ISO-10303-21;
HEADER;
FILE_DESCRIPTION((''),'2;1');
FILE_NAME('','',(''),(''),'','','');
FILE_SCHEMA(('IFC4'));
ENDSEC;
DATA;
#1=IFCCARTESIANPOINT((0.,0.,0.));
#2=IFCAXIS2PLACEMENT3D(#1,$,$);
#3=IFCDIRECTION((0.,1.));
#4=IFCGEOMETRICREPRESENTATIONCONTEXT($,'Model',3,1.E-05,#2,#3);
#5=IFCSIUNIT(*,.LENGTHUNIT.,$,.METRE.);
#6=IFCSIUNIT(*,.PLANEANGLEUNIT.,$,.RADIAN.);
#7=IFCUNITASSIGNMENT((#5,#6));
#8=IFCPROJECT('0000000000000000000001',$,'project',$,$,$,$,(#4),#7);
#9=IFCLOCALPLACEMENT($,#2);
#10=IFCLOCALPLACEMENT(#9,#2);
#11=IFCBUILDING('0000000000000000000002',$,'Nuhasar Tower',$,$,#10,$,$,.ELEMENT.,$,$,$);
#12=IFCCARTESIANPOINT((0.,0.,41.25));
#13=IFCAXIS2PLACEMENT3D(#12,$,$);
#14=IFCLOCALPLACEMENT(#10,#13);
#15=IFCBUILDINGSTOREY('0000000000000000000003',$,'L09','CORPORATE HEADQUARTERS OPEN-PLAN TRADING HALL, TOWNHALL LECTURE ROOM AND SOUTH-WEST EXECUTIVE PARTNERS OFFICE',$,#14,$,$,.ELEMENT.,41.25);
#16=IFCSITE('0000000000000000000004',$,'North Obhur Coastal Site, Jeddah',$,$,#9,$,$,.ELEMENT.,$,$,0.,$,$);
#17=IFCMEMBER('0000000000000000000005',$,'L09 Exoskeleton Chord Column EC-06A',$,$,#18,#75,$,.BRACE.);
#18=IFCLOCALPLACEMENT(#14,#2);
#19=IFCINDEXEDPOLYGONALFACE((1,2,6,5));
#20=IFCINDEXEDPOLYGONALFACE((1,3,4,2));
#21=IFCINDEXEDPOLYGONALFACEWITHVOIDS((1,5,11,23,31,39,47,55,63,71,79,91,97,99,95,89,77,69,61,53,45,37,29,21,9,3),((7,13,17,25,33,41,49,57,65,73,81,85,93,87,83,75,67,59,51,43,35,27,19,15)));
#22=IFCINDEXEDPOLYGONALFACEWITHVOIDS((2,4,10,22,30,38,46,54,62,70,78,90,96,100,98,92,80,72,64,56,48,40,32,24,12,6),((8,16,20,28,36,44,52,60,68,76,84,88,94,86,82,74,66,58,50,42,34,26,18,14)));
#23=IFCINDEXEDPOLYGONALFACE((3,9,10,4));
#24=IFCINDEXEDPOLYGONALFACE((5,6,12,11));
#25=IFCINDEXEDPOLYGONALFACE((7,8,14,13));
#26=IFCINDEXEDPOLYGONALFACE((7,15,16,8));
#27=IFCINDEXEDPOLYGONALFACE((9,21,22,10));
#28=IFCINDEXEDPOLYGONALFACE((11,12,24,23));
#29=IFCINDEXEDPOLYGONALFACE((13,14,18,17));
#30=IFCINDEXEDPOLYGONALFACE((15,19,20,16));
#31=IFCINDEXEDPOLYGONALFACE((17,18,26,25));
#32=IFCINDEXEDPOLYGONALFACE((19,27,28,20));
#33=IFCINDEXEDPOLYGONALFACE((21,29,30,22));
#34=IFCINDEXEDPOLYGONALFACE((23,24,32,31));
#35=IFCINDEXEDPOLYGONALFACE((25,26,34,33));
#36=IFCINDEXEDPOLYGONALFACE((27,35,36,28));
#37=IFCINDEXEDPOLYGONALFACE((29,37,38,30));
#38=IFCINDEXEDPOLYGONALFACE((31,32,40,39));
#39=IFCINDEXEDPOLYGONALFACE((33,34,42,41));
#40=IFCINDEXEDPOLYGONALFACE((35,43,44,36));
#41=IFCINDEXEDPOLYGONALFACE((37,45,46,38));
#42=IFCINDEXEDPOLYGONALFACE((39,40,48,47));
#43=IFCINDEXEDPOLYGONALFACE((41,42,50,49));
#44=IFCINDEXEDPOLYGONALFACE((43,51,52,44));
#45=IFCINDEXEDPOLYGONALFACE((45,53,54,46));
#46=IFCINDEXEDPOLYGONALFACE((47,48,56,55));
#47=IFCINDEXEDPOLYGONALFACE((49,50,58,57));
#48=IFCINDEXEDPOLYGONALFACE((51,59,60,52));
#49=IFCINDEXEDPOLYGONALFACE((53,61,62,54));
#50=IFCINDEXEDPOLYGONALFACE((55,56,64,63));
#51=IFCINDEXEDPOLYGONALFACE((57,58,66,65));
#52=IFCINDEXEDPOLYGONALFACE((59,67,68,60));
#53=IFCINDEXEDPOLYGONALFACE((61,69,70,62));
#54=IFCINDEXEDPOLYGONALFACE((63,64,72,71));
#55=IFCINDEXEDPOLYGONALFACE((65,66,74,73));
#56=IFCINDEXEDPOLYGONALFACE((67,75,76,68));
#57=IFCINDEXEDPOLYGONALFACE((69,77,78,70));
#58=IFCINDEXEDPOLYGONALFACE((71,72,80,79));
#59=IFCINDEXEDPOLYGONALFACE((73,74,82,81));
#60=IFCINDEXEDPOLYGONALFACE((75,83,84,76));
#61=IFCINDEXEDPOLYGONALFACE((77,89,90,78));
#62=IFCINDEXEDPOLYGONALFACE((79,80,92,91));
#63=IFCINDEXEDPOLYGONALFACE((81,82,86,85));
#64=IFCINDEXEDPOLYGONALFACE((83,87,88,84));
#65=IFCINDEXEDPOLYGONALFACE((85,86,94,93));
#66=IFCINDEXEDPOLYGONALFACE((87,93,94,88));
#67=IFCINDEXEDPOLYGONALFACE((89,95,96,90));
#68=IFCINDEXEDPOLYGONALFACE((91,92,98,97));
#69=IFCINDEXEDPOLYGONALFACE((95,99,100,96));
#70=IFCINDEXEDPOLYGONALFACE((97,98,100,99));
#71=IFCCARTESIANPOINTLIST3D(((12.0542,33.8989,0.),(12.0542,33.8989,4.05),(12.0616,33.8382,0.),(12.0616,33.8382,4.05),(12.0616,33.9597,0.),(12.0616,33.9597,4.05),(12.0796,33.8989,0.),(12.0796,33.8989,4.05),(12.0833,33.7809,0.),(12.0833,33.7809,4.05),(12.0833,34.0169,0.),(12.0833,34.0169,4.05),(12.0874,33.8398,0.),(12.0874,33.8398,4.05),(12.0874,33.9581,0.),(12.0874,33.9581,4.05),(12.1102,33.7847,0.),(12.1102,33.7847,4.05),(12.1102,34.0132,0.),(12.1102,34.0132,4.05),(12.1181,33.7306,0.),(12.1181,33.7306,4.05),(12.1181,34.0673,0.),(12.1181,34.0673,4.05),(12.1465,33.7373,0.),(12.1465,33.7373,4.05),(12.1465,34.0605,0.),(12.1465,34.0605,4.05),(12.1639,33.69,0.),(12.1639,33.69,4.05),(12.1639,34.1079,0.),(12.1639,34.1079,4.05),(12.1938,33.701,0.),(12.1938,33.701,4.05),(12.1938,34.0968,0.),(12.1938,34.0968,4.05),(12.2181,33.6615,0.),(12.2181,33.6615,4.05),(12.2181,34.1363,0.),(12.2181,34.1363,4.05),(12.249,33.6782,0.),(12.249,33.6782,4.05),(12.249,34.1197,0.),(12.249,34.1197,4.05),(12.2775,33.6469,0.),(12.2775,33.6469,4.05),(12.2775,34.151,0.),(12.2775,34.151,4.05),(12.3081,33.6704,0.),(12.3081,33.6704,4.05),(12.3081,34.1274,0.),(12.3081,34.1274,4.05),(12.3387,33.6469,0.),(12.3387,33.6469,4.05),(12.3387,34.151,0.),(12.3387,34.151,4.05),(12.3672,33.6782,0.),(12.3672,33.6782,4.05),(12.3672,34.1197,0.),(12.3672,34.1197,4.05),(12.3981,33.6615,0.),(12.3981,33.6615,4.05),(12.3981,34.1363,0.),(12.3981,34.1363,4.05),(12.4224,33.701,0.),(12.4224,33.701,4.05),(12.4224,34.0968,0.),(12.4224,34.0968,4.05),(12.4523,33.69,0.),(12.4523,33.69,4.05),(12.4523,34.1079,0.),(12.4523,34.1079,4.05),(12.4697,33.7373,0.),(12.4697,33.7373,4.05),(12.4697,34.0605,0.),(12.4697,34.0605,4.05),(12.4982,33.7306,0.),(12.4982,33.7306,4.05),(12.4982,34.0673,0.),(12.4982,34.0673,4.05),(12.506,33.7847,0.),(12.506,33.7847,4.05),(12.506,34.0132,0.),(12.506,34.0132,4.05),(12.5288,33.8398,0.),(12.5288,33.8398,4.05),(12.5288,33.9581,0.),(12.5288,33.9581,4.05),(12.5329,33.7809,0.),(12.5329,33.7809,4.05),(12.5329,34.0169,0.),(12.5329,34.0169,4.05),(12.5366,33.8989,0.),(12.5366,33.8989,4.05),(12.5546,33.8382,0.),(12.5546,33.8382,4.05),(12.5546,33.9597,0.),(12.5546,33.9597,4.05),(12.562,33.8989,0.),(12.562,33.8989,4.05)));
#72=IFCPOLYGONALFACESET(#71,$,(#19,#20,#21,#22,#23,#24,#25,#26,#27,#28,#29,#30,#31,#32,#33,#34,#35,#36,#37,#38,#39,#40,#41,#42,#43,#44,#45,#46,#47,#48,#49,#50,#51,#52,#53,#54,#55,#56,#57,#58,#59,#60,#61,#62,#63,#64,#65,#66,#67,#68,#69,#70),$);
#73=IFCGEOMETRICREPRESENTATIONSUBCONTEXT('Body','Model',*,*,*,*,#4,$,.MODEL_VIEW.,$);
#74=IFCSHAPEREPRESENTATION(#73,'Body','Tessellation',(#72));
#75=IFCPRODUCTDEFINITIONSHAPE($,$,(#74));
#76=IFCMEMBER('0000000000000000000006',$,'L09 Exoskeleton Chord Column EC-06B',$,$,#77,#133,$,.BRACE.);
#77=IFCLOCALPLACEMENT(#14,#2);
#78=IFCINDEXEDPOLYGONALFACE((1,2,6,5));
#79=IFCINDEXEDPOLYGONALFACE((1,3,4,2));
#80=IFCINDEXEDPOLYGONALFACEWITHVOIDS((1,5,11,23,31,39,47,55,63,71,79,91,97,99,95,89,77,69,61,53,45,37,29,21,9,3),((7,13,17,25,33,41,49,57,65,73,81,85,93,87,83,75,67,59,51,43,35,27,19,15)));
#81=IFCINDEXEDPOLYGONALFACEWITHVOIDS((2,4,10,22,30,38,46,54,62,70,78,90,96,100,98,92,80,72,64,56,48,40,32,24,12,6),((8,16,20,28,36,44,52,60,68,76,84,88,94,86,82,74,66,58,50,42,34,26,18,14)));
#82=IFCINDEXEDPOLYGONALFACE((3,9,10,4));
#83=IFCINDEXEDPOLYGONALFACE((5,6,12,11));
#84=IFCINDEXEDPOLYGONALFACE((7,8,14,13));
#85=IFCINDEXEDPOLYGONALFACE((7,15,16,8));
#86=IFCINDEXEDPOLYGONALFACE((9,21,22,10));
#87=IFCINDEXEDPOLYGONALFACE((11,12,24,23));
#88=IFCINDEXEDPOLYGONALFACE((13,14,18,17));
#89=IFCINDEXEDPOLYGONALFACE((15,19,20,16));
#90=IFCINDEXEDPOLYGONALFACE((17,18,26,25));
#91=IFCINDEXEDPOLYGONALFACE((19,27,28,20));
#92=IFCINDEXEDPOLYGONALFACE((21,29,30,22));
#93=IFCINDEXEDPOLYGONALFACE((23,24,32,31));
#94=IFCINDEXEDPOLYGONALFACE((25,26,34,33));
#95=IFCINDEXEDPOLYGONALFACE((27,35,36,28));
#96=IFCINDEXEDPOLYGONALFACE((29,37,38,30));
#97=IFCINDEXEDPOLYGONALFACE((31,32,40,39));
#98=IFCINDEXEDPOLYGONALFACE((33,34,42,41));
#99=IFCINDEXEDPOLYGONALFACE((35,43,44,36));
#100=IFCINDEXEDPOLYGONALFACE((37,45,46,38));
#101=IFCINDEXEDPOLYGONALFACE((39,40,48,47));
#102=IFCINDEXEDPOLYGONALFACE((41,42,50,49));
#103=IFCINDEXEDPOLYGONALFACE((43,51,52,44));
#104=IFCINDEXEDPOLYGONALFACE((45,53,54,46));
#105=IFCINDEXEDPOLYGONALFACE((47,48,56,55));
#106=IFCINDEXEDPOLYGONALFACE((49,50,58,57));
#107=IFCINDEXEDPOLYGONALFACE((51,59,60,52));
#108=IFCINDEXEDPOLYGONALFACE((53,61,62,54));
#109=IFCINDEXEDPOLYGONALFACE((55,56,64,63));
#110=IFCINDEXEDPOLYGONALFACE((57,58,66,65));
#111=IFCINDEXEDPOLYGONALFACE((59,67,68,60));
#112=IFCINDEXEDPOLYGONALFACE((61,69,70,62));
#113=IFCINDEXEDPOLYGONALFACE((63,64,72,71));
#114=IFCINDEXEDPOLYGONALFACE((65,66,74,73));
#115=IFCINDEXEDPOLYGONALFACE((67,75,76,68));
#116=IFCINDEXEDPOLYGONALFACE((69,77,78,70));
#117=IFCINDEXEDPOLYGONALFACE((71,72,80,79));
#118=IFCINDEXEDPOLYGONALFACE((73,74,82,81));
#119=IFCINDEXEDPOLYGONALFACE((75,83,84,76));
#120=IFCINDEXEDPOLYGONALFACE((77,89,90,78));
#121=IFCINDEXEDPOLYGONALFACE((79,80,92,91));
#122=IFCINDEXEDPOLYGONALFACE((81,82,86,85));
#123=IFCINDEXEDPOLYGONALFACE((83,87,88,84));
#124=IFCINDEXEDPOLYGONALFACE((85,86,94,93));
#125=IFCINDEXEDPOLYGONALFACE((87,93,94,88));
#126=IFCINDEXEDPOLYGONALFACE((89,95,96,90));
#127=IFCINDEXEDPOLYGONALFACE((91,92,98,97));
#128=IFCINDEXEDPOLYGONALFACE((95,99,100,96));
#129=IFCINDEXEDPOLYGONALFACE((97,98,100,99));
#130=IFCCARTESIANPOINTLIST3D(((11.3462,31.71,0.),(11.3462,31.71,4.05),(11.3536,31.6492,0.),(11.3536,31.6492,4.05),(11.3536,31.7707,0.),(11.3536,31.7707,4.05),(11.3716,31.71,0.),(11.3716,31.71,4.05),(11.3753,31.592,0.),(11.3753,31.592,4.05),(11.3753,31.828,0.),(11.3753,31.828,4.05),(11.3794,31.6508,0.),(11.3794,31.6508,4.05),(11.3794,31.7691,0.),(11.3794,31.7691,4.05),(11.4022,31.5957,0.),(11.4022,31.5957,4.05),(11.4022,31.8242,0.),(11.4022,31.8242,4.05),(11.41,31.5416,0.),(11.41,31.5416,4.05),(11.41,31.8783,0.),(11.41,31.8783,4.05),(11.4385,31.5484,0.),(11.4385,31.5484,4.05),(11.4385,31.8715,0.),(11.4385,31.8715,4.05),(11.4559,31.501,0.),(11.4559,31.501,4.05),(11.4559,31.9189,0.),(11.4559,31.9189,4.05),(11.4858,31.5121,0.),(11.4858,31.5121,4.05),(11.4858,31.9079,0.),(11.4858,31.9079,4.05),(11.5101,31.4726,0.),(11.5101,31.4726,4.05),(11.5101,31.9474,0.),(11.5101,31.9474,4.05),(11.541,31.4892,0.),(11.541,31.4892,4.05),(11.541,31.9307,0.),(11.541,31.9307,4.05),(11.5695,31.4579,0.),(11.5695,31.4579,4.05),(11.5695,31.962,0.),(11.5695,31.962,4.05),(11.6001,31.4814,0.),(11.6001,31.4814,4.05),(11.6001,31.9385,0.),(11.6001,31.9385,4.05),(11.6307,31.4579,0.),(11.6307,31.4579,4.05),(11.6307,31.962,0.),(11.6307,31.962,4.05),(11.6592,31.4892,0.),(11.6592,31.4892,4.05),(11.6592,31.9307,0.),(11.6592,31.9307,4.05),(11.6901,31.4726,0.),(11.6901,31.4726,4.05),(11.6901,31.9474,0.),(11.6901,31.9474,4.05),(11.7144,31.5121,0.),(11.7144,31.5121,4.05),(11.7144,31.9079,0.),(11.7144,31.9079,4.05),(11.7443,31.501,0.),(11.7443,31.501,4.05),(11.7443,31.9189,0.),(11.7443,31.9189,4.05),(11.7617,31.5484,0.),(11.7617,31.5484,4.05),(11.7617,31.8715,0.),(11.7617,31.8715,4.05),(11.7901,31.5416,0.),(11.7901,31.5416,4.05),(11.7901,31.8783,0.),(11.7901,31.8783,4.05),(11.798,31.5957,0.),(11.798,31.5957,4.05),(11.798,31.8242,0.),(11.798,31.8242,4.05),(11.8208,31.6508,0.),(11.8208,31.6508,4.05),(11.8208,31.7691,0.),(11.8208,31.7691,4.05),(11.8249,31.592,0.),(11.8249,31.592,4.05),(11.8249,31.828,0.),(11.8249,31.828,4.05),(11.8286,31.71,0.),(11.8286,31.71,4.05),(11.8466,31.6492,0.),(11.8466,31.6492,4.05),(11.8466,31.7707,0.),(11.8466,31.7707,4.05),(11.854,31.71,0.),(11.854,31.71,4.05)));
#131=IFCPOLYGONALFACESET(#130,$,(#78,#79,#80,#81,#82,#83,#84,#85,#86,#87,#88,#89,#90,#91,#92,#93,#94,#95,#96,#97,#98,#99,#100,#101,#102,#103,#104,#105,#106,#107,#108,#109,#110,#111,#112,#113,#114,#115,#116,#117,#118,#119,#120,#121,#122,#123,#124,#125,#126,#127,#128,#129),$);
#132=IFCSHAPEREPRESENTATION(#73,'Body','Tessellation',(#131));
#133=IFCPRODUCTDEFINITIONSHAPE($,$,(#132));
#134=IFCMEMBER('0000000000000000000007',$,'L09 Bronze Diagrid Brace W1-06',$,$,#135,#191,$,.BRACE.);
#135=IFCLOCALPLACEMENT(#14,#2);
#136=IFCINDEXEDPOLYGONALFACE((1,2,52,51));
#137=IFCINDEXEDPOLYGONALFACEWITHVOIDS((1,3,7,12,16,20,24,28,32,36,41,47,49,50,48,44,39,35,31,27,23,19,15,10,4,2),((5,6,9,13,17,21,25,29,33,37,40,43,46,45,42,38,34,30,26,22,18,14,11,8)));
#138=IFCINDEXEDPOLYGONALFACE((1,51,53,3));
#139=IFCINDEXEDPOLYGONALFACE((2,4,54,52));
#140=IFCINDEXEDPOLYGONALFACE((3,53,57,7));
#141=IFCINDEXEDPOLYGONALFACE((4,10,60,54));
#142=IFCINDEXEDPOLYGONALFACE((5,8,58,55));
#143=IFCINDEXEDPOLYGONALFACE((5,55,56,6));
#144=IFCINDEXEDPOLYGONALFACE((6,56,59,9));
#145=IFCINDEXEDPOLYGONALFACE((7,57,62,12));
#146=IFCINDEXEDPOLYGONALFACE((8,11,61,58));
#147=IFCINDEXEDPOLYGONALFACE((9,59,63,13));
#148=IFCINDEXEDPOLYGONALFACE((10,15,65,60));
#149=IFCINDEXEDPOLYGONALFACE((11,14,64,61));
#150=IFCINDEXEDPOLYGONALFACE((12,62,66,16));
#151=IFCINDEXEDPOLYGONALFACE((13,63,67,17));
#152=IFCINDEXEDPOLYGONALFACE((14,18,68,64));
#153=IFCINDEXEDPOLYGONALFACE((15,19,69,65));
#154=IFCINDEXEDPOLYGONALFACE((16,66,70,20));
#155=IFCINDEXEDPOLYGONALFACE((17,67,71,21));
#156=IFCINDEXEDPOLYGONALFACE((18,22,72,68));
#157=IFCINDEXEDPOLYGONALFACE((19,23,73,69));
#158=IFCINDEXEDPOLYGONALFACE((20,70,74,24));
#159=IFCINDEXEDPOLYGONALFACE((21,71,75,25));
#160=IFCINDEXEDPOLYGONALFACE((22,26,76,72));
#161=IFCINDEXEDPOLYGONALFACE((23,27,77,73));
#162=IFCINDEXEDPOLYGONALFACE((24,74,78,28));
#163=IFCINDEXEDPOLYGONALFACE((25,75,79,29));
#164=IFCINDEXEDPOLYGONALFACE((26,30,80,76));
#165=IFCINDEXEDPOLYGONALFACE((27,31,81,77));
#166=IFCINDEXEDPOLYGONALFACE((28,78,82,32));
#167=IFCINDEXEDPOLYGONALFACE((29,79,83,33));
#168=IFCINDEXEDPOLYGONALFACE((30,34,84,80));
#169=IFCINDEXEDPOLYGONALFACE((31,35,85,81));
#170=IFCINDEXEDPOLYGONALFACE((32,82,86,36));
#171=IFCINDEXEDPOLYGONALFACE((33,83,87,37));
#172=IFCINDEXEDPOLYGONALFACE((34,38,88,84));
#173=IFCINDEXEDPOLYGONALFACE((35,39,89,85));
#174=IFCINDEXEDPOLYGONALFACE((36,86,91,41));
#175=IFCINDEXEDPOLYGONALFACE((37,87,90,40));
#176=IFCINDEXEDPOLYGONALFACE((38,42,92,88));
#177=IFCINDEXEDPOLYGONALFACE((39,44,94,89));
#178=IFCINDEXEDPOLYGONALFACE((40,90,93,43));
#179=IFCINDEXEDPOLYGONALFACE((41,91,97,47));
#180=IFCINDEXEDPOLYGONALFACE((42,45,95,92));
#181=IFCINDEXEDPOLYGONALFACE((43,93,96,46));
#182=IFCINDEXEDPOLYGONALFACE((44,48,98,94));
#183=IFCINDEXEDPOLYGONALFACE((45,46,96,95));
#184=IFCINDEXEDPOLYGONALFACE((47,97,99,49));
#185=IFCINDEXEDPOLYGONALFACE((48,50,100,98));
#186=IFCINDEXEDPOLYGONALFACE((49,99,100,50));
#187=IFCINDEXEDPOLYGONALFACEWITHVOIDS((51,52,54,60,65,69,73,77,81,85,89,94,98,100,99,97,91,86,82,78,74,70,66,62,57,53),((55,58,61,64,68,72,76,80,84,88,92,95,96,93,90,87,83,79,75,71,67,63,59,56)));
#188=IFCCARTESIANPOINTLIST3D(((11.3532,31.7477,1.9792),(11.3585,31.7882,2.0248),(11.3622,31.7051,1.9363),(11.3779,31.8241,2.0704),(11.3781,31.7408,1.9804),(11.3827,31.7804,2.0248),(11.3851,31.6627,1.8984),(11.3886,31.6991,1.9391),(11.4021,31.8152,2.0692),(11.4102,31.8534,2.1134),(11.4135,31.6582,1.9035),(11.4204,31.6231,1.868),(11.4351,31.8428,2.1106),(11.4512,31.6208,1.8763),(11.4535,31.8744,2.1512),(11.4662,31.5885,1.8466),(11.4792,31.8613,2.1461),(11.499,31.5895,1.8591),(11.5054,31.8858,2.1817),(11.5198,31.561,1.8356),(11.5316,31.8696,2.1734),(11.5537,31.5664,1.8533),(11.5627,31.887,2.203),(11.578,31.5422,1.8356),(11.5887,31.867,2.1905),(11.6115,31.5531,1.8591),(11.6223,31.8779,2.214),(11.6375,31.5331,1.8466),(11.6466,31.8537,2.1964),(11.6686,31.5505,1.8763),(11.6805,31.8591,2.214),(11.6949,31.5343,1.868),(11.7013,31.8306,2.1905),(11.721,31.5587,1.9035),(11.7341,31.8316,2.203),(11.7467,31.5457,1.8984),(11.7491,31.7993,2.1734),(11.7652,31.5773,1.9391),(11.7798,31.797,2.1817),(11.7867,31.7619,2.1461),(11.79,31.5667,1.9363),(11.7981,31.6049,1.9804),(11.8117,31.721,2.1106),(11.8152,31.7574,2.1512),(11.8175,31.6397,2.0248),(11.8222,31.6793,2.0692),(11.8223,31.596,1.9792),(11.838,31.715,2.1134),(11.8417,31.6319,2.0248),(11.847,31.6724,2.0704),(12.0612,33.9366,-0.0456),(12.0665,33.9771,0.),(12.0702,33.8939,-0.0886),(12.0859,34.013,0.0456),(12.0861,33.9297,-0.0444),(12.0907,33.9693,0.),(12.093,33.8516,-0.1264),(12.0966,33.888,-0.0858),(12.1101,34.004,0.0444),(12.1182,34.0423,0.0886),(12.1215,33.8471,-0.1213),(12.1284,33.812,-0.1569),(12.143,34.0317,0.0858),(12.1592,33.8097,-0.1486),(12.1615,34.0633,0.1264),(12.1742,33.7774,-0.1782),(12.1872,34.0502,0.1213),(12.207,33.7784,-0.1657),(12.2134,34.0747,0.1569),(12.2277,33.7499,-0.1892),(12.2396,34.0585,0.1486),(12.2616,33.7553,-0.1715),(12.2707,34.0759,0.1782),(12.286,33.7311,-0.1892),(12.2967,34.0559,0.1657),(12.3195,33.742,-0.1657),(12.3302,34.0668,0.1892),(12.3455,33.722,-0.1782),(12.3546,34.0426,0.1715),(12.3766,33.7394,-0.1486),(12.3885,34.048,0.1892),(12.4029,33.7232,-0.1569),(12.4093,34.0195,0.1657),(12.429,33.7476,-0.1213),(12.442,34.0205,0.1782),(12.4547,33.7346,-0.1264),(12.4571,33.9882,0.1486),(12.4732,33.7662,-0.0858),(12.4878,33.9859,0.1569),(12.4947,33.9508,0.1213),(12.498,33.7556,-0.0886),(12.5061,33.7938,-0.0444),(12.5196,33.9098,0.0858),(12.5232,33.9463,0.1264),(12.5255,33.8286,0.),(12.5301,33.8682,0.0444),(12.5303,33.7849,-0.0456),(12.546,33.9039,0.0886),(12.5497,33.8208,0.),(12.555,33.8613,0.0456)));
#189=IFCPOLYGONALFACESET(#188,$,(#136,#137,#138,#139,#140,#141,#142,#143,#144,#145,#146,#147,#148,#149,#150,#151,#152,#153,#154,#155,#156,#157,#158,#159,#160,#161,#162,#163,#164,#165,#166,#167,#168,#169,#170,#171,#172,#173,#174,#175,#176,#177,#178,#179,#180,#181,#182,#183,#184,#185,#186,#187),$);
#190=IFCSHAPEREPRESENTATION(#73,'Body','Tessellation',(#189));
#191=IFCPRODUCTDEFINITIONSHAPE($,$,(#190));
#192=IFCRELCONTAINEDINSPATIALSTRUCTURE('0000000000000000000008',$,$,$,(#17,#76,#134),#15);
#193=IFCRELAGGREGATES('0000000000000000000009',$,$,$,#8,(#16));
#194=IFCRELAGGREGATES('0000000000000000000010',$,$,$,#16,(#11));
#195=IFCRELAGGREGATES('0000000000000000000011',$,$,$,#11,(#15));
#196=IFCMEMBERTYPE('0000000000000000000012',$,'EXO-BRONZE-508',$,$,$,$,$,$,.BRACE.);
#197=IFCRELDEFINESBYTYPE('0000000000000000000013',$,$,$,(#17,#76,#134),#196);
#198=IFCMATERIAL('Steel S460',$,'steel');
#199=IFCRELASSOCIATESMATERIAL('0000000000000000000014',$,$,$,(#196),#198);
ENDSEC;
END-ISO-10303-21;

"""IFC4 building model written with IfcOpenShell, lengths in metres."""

from ifc_helpers import new_model, si_unit, direction, frame, origin, origin_2d, place, context, subcontext, project, spatial, hollow_circle, extrude, material, material_profile, profile_set, type_object, element, save


model = new_model("IFC4")

# Units and contexts
model_context = context("Model", 3, precision=1e-05, world=origin(), true_north=direction((0.0, 1.0)))
body_context = subcontext(model_context, "Body", "Model", "MODEL_VIEW")
ifc_project = project(units=[si_unit("LENGTHUNIT", "METRE"), si_unit("PLANEANGLEUNIT", "RADIAN")], contexts=[model_context])

# Site, building, storey
site_placement = place(None, origin())
site = spatial("IfcSite", under=ifc_project, at=site_placement, Name="North Obhur Coastal Site, Jeddah", CompositionType="ELEMENT", RefElevation=0.0)
building_placement = place(site_placement, origin())
building = spatial("IfcBuilding", under=site, at=building_placement, Name="Nuhasar Tower", CompositionType="ELEMENT")
storey_placement = place(building_placement, frame((0.0, 0.0, 41.25)))
storey = spatial("IfcBuildingStorey", under=building, at=storey_placement, Name="L09", Description="CORPORATE HEADQUARTERS OPEN-PLAN TRADING HALL, TOWNHALL LECTURE ROOM AND SOUTH-WEST EXECUTIVE PARTNERS OFFICE", CompositionType="ELEMENT", Elevation=41.25)

# Members
ifc_material_1 = material(Name="Steel S460", Category="steel")
ifc_material_profile_1 = material_profile(ifc_material_1, hollow_circle(Radius=0.2539, WallThickness=0.0254, at=origin_2d()), Name="HSS508X25.4")
ifc_profile_set_1 = profile_set([ifc_material_profile_1], Name="Steel S460")
member_type_1 = type_object("IfcMemberType", Name="EXO-BRONZE-508", PredefinedType="BRACE", material=ifc_profile_set_1)
for number, where, z_axis, x_axis, name in (
    (1, (12.3081, 33.8989, 0.0), (0.0, 0.0, 1.0), (1.0, 0.0, 0.0), "L09 Exoskeleton Chord Column EC-06A"),
    (2, (11.6001, 31.71, 0.0), (0.0, 0.0, 1.0), (1.0, 0.0, 0.0), "L09 Exoskeleton Chord Column EC-06B"),
):
    element("IfcMember", number, at=place(storey_placement, frame(where, z_axis=z_axis, x_axis=x_axis)), inside=storey, type_object=member_type_1, Name=name, PredefinedType="BRACE", context=body_context, shape_type="SweptSolid", body=[
        extrude(hollow_circle(Radius=0.2539, WallThickness=0.0254, at=origin_2d()), origin(), (0.0, 0.0, 1.0), 4.05),
    ])
member_1_placement = place(storey_placement, frame((12.3081, 33.8989, 0.0), z_axis=(-0.231012, -0.714225, 0.660694), x_axis=(0.951468, -0.307747, 0.0)))
element("IfcMember", 3, at=member_1_placement, inside=storey, type_object=member_type_1, Name="L09 Bronze Diagrid Brace W1-06", PredefinedType="BRACE", context=body_context, shape_type="SweptSolid", body=[
    extrude(hollow_circle(Radius=0.2539, WallThickness=0.0254, at=origin_2d()), origin(), (0.0, 0.0, 1.0), 3.0647),
])

save(model, "model.ifc")
